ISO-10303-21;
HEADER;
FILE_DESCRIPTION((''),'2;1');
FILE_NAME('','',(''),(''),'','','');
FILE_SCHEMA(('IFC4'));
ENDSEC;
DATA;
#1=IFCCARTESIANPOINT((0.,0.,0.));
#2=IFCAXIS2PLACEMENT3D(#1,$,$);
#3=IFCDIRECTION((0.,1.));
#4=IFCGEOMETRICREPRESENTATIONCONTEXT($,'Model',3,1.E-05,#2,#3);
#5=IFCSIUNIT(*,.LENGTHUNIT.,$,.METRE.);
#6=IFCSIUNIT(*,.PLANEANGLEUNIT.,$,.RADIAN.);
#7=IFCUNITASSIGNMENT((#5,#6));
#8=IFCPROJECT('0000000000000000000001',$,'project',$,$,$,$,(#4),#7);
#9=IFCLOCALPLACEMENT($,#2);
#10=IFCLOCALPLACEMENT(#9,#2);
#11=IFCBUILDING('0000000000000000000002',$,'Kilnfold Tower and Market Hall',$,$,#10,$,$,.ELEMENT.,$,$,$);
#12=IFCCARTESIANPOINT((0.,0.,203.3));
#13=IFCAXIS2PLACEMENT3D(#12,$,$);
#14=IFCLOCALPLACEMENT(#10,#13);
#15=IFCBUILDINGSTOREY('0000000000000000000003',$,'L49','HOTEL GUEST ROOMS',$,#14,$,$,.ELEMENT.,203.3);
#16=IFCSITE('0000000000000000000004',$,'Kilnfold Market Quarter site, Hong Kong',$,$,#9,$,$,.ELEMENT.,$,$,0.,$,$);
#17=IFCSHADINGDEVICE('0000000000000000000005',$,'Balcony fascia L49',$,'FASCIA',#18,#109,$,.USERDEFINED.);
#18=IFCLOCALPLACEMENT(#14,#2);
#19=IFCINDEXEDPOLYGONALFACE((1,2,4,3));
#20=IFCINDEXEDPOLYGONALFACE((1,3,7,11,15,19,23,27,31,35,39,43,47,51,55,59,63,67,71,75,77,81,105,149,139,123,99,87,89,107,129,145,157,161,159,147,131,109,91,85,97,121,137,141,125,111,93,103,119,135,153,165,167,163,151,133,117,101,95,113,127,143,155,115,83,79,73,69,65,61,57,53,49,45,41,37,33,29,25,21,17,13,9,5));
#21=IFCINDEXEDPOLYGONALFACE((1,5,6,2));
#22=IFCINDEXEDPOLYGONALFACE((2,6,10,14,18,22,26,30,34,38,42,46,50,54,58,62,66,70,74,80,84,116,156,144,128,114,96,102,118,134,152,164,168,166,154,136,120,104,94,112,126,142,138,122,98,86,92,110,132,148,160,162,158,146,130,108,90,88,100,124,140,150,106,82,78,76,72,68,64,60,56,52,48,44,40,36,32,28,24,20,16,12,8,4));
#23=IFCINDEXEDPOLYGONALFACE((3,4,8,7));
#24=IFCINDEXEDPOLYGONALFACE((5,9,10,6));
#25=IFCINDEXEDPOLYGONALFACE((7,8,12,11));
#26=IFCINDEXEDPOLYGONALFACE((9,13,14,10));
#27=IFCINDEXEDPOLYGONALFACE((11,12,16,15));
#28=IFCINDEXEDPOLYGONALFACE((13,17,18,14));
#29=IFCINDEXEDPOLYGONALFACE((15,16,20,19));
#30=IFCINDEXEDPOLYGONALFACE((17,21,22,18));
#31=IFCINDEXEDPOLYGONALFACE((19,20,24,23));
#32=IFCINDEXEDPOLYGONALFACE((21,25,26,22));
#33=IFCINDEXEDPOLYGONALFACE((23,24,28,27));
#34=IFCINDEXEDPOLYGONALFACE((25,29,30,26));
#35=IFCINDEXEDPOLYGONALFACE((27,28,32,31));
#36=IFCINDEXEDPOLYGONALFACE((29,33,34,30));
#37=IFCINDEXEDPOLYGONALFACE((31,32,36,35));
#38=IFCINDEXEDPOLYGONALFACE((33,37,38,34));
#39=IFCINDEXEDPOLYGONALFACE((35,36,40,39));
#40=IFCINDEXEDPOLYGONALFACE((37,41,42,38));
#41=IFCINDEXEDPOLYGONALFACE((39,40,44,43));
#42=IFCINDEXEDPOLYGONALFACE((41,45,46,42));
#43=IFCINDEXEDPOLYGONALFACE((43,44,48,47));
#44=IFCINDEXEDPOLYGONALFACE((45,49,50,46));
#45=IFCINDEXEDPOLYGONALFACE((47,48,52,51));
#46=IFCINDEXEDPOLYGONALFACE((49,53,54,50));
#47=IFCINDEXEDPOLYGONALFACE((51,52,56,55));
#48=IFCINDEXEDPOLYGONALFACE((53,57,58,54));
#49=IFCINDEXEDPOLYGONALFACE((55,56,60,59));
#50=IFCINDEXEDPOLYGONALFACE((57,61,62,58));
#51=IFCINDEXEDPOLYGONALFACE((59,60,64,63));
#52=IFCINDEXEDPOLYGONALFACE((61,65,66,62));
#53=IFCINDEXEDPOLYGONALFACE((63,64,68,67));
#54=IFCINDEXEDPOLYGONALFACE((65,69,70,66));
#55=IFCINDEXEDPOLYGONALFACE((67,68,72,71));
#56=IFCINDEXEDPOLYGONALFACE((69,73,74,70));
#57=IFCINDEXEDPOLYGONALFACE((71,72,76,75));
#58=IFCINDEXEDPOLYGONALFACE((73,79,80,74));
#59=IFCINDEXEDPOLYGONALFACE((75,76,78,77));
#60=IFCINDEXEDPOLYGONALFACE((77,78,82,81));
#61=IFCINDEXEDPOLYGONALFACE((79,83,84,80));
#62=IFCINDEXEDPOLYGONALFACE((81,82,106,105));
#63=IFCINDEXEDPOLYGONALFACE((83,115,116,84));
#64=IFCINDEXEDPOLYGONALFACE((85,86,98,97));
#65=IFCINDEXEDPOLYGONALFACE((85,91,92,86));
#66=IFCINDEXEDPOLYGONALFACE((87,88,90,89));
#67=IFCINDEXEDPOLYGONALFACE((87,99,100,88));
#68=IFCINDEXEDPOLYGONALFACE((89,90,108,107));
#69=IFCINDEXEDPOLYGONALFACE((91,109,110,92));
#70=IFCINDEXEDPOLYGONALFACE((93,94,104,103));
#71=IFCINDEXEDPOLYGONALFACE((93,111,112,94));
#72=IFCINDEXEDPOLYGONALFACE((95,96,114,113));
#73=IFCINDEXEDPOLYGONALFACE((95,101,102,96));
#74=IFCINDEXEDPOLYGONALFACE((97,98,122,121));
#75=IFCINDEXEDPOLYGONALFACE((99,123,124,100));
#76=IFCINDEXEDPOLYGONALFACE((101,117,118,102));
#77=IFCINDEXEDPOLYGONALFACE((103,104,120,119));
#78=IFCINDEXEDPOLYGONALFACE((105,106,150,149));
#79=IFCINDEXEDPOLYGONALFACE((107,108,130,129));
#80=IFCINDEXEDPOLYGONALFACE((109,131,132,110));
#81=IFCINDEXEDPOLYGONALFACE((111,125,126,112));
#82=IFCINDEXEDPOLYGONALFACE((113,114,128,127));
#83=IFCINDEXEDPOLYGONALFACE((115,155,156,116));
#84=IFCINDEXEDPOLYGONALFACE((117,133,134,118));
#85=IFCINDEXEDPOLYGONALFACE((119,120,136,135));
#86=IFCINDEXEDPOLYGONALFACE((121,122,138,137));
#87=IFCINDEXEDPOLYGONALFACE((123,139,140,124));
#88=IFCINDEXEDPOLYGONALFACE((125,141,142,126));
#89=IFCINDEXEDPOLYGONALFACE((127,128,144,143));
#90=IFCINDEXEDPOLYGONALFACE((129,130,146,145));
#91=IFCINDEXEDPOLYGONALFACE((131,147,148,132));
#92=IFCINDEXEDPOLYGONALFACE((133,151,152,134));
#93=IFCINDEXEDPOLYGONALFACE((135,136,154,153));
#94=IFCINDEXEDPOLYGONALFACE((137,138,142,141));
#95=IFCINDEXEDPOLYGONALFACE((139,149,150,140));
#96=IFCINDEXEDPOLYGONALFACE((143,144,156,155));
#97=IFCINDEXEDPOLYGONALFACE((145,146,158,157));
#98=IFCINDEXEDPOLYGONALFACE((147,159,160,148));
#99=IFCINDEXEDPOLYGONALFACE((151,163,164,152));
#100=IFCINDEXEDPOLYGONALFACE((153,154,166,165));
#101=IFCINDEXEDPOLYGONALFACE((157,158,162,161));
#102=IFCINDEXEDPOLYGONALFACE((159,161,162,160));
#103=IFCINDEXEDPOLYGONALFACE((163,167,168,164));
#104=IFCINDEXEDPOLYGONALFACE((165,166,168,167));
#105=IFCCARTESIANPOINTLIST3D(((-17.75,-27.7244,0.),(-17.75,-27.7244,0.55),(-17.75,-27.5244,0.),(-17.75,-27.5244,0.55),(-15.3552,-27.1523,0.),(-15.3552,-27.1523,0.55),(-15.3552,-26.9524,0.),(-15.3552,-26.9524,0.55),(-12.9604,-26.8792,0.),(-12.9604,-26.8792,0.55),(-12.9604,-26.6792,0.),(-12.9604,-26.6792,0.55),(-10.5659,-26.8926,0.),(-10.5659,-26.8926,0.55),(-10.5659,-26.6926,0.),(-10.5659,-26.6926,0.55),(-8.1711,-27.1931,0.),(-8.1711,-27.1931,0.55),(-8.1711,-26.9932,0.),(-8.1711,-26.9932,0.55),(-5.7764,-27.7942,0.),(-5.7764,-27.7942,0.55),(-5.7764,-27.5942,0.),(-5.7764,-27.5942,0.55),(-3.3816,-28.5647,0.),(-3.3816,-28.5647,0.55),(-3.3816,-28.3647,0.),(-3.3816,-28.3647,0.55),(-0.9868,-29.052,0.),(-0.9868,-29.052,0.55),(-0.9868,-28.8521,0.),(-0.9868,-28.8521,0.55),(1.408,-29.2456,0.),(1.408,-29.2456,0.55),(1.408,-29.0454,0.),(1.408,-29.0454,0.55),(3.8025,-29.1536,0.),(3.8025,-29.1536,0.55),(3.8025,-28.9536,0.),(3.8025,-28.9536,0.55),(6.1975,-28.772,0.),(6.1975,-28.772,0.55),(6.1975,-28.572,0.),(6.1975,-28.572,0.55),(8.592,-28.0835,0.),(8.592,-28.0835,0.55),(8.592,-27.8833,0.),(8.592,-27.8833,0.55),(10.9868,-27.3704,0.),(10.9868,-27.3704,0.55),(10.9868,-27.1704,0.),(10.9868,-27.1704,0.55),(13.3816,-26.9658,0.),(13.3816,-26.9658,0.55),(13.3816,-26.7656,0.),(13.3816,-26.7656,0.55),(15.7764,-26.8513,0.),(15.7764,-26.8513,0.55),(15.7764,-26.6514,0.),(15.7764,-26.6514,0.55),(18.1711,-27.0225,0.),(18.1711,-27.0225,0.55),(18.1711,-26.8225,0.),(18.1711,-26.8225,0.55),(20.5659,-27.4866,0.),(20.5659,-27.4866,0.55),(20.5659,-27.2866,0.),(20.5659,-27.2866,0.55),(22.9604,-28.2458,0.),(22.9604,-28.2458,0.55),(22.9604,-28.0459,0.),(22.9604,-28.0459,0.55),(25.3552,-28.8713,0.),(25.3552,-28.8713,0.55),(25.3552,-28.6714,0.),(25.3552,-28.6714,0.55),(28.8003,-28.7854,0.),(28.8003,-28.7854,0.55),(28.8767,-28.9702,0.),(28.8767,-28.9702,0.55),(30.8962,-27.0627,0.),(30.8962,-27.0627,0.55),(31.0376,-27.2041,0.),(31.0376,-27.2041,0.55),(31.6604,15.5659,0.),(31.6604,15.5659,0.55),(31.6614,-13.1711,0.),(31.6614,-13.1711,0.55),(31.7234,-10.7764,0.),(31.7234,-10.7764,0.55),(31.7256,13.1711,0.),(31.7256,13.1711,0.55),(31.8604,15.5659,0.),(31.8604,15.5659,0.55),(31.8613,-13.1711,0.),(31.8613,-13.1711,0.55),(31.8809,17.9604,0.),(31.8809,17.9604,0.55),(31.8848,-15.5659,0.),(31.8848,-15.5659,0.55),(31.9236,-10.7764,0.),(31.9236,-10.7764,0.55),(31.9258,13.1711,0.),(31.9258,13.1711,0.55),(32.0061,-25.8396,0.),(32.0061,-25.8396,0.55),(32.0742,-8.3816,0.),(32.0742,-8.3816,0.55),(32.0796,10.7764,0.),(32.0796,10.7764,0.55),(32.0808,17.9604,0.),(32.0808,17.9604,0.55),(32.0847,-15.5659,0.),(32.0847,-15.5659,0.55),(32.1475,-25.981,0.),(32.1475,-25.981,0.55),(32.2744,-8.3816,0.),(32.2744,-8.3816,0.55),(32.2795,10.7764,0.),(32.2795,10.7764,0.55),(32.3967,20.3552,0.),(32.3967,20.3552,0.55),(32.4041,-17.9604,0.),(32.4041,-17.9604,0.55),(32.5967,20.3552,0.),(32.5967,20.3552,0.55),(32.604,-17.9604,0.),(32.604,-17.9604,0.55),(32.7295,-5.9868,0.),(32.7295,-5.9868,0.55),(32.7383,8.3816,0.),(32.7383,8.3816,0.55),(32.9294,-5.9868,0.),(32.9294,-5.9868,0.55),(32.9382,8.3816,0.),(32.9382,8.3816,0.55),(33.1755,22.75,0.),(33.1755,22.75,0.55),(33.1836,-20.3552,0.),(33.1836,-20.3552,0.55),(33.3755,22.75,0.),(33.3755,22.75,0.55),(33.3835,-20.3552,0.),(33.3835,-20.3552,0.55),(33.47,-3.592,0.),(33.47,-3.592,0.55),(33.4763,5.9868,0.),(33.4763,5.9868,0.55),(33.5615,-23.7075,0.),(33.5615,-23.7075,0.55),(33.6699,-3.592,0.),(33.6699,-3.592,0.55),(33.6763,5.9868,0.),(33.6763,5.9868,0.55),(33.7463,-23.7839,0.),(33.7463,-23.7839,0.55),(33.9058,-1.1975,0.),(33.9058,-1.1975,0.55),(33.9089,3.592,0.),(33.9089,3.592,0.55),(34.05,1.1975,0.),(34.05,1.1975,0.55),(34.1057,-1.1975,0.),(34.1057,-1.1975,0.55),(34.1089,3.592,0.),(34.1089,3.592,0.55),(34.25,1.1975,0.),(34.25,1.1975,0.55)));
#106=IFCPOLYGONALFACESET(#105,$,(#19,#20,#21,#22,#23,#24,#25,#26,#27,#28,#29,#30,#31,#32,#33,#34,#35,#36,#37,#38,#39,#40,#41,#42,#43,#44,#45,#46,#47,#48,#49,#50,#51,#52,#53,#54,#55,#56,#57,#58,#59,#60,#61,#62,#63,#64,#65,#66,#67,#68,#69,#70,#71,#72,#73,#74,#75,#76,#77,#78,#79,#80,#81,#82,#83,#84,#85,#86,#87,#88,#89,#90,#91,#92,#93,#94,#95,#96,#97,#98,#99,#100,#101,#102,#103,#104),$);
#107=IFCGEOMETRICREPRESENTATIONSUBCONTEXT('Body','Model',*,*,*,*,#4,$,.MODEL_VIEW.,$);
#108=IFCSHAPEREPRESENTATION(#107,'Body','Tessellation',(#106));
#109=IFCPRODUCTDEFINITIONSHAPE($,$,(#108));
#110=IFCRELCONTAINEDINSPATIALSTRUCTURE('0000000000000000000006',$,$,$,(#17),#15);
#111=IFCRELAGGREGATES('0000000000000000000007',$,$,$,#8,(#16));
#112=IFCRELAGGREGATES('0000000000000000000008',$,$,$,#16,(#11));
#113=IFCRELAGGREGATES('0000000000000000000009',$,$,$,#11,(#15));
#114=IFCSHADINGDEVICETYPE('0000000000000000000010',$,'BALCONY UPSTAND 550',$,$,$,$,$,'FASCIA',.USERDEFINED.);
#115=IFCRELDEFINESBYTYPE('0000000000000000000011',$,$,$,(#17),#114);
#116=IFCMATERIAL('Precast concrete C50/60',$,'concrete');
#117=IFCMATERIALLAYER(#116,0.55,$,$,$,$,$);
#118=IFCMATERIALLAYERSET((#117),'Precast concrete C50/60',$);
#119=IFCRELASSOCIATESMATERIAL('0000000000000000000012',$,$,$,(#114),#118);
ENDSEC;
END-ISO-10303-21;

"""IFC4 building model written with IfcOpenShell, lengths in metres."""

from ifc_helpers import new_model, si_unit, direction, frame, origin, place, context, subcontext, project, spatial, polyline, outline, extrude, source, transform, mapped, material, layer, layer_set, type_object, element, save


model = new_model("IFC4")

# Units and contexts
model_context = context("Model", 3, precision=1e-05, world=origin(), true_north=direction((0.0, 1.0)))
body_context = subcontext(model_context, "Body", "Model", "MODEL_VIEW")
ifc_project = project(units=[si_unit("LENGTHUNIT", "METRE"), si_unit("PLANEANGLEUNIT", "RADIAN")], contexts=[model_context])

# Site, building, storey
site_placement = place(None, origin())
site = spatial("IfcSite", under=ifc_project, at=site_placement, Name="Kilnfold Market Quarter site, Hong Kong", CompositionType="ELEMENT", RefElevation=0.0)
building_placement = place(site_placement, origin())
building = spatial("IfcBuilding", under=site, at=building_placement, Name="Kilnfold Tower and Market Hall", CompositionType="ELEMENT")
storey_placement = place(building_placement, frame((0.0, 0.0, 203.3)))
storey = spatial("IfcBuildingStorey", under=building, at=storey_placement, Name="L49", Description="HOTEL GUEST ROOMS", CompositionType="ELEMENT", Elevation=203.3)

# Shading device
ifc_material_1 = material(Name="Precast concrete C50/60", Category="concrete")
ifc_layer_1 = layer(ifc_material_1, 0.55)
ifc_layer_set_1 = layer_set([ifc_layer_1], Name="Precast concrete C50/60")
shading_device_type_1 = type_object("IfcShadingDeviceType", Name="BALCONY UPSTAND 550", ElementType="FASCIA", PredefinedType="USERDEFINED", material=ifc_layer_set_1)
shared_shape_1 = source(origin(), body_context, "Body", "SweptSolid", [
    extrude(outline(polyline([(-17.75, -27.7244), (-15.3552, -27.1523), (-12.9604, -26.8792), (-10.5659, -26.8926), (-8.1711, -27.1931), (-5.7764, -27.7942), (-3.3816, -28.5647), (-0.9868, -29.052), (1.408, -29.2456), (3.8025, -29.1536), (6.1975, -28.772), (8.592, -28.0835), (10.9868, -27.3704), (13.3816, -26.9658), (15.7764, -26.8513), (18.1711, -27.0225), (20.5659, -27.4866), (22.9604, -28.2458), (25.3552, -28.8713), (28.8767, -28.9702), (31.0376, -27.2041), (32.1475, -25.981), (33.7463, -23.7839), (33.3835, -20.3552), (32.604, -17.9604), (32.0847, -15.5659), (31.8613, -13.1711), (31.9236, -10.7764), (32.2744, -8.3816), (32.9294, -5.9868), (33.6699, -3.592), (34.1057, -1.1975), (34.25, 1.1975), (34.1089, 3.592), (33.6763, 5.9868), (32.9382, 8.3816), (32.2795, 10.7764), (31.9258, 13.1711), (31.8604, 15.5659), (32.0808, 17.9604), (32.5967, 20.3552), (33.3755, 22.75), (33.1755, 22.75), (32.3967, 20.3552), (31.8809, 17.9604), (31.6604, 15.5659), (31.7256, 13.1711), (32.0796, 10.7764), (32.7383, 8.3816), (33.4763, 5.9868), (33.9089, 3.592), (34.05, 1.1975), (33.9058, -1.1975), (33.47, -3.592), (32.7295, -5.9868), (32.0742, -8.3816), (31.7234, -10.7764), (31.6614, -13.1711), (31.8848, -15.5659), (32.4041, -17.9604), (33.1836, -20.3552), (33.5615, -23.7075), (32.0061, -25.8396), (30.8962, -27.0627), (28.8003, -28.7854), (25.3552, -28.6714), (22.9604, -28.0459), (20.5659, -27.2866), (18.1711, -26.8225), (15.7764, -26.6514), (13.3816, -26.7656), (10.9868, -27.1704), (8.592, -27.8833), (6.1975, -28.572), (3.8025, -28.9536), (1.408, -29.0454), (-0.9868, -28.8521), (-3.3816, -28.3647), (-5.7764, -27.5942), (-8.1711, -26.9932), (-10.5659, -26.6926), (-12.9604, -26.6792), (-15.3552, -26.9524), (-17.75, -27.5244), (-17.75, -27.7244)])), origin(), (0.0, 0.0, 1.0), 0.55),
])
shading_device_1_placement = place(storey_placement, origin())
element("IfcShadingDevice", 1, at=shading_device_1_placement, inside=storey, type_object=shading_device_type_1, Name="Balcony fascia L49", ObjectType="FASCIA", PredefinedType="USERDEFINED", context=body_context, shape_type="MappedRepresentation", body=[
    mapped(shared_shape_1, transform((0.0, 0.0, 0.0))),
])

save(model, "model.ifc")
